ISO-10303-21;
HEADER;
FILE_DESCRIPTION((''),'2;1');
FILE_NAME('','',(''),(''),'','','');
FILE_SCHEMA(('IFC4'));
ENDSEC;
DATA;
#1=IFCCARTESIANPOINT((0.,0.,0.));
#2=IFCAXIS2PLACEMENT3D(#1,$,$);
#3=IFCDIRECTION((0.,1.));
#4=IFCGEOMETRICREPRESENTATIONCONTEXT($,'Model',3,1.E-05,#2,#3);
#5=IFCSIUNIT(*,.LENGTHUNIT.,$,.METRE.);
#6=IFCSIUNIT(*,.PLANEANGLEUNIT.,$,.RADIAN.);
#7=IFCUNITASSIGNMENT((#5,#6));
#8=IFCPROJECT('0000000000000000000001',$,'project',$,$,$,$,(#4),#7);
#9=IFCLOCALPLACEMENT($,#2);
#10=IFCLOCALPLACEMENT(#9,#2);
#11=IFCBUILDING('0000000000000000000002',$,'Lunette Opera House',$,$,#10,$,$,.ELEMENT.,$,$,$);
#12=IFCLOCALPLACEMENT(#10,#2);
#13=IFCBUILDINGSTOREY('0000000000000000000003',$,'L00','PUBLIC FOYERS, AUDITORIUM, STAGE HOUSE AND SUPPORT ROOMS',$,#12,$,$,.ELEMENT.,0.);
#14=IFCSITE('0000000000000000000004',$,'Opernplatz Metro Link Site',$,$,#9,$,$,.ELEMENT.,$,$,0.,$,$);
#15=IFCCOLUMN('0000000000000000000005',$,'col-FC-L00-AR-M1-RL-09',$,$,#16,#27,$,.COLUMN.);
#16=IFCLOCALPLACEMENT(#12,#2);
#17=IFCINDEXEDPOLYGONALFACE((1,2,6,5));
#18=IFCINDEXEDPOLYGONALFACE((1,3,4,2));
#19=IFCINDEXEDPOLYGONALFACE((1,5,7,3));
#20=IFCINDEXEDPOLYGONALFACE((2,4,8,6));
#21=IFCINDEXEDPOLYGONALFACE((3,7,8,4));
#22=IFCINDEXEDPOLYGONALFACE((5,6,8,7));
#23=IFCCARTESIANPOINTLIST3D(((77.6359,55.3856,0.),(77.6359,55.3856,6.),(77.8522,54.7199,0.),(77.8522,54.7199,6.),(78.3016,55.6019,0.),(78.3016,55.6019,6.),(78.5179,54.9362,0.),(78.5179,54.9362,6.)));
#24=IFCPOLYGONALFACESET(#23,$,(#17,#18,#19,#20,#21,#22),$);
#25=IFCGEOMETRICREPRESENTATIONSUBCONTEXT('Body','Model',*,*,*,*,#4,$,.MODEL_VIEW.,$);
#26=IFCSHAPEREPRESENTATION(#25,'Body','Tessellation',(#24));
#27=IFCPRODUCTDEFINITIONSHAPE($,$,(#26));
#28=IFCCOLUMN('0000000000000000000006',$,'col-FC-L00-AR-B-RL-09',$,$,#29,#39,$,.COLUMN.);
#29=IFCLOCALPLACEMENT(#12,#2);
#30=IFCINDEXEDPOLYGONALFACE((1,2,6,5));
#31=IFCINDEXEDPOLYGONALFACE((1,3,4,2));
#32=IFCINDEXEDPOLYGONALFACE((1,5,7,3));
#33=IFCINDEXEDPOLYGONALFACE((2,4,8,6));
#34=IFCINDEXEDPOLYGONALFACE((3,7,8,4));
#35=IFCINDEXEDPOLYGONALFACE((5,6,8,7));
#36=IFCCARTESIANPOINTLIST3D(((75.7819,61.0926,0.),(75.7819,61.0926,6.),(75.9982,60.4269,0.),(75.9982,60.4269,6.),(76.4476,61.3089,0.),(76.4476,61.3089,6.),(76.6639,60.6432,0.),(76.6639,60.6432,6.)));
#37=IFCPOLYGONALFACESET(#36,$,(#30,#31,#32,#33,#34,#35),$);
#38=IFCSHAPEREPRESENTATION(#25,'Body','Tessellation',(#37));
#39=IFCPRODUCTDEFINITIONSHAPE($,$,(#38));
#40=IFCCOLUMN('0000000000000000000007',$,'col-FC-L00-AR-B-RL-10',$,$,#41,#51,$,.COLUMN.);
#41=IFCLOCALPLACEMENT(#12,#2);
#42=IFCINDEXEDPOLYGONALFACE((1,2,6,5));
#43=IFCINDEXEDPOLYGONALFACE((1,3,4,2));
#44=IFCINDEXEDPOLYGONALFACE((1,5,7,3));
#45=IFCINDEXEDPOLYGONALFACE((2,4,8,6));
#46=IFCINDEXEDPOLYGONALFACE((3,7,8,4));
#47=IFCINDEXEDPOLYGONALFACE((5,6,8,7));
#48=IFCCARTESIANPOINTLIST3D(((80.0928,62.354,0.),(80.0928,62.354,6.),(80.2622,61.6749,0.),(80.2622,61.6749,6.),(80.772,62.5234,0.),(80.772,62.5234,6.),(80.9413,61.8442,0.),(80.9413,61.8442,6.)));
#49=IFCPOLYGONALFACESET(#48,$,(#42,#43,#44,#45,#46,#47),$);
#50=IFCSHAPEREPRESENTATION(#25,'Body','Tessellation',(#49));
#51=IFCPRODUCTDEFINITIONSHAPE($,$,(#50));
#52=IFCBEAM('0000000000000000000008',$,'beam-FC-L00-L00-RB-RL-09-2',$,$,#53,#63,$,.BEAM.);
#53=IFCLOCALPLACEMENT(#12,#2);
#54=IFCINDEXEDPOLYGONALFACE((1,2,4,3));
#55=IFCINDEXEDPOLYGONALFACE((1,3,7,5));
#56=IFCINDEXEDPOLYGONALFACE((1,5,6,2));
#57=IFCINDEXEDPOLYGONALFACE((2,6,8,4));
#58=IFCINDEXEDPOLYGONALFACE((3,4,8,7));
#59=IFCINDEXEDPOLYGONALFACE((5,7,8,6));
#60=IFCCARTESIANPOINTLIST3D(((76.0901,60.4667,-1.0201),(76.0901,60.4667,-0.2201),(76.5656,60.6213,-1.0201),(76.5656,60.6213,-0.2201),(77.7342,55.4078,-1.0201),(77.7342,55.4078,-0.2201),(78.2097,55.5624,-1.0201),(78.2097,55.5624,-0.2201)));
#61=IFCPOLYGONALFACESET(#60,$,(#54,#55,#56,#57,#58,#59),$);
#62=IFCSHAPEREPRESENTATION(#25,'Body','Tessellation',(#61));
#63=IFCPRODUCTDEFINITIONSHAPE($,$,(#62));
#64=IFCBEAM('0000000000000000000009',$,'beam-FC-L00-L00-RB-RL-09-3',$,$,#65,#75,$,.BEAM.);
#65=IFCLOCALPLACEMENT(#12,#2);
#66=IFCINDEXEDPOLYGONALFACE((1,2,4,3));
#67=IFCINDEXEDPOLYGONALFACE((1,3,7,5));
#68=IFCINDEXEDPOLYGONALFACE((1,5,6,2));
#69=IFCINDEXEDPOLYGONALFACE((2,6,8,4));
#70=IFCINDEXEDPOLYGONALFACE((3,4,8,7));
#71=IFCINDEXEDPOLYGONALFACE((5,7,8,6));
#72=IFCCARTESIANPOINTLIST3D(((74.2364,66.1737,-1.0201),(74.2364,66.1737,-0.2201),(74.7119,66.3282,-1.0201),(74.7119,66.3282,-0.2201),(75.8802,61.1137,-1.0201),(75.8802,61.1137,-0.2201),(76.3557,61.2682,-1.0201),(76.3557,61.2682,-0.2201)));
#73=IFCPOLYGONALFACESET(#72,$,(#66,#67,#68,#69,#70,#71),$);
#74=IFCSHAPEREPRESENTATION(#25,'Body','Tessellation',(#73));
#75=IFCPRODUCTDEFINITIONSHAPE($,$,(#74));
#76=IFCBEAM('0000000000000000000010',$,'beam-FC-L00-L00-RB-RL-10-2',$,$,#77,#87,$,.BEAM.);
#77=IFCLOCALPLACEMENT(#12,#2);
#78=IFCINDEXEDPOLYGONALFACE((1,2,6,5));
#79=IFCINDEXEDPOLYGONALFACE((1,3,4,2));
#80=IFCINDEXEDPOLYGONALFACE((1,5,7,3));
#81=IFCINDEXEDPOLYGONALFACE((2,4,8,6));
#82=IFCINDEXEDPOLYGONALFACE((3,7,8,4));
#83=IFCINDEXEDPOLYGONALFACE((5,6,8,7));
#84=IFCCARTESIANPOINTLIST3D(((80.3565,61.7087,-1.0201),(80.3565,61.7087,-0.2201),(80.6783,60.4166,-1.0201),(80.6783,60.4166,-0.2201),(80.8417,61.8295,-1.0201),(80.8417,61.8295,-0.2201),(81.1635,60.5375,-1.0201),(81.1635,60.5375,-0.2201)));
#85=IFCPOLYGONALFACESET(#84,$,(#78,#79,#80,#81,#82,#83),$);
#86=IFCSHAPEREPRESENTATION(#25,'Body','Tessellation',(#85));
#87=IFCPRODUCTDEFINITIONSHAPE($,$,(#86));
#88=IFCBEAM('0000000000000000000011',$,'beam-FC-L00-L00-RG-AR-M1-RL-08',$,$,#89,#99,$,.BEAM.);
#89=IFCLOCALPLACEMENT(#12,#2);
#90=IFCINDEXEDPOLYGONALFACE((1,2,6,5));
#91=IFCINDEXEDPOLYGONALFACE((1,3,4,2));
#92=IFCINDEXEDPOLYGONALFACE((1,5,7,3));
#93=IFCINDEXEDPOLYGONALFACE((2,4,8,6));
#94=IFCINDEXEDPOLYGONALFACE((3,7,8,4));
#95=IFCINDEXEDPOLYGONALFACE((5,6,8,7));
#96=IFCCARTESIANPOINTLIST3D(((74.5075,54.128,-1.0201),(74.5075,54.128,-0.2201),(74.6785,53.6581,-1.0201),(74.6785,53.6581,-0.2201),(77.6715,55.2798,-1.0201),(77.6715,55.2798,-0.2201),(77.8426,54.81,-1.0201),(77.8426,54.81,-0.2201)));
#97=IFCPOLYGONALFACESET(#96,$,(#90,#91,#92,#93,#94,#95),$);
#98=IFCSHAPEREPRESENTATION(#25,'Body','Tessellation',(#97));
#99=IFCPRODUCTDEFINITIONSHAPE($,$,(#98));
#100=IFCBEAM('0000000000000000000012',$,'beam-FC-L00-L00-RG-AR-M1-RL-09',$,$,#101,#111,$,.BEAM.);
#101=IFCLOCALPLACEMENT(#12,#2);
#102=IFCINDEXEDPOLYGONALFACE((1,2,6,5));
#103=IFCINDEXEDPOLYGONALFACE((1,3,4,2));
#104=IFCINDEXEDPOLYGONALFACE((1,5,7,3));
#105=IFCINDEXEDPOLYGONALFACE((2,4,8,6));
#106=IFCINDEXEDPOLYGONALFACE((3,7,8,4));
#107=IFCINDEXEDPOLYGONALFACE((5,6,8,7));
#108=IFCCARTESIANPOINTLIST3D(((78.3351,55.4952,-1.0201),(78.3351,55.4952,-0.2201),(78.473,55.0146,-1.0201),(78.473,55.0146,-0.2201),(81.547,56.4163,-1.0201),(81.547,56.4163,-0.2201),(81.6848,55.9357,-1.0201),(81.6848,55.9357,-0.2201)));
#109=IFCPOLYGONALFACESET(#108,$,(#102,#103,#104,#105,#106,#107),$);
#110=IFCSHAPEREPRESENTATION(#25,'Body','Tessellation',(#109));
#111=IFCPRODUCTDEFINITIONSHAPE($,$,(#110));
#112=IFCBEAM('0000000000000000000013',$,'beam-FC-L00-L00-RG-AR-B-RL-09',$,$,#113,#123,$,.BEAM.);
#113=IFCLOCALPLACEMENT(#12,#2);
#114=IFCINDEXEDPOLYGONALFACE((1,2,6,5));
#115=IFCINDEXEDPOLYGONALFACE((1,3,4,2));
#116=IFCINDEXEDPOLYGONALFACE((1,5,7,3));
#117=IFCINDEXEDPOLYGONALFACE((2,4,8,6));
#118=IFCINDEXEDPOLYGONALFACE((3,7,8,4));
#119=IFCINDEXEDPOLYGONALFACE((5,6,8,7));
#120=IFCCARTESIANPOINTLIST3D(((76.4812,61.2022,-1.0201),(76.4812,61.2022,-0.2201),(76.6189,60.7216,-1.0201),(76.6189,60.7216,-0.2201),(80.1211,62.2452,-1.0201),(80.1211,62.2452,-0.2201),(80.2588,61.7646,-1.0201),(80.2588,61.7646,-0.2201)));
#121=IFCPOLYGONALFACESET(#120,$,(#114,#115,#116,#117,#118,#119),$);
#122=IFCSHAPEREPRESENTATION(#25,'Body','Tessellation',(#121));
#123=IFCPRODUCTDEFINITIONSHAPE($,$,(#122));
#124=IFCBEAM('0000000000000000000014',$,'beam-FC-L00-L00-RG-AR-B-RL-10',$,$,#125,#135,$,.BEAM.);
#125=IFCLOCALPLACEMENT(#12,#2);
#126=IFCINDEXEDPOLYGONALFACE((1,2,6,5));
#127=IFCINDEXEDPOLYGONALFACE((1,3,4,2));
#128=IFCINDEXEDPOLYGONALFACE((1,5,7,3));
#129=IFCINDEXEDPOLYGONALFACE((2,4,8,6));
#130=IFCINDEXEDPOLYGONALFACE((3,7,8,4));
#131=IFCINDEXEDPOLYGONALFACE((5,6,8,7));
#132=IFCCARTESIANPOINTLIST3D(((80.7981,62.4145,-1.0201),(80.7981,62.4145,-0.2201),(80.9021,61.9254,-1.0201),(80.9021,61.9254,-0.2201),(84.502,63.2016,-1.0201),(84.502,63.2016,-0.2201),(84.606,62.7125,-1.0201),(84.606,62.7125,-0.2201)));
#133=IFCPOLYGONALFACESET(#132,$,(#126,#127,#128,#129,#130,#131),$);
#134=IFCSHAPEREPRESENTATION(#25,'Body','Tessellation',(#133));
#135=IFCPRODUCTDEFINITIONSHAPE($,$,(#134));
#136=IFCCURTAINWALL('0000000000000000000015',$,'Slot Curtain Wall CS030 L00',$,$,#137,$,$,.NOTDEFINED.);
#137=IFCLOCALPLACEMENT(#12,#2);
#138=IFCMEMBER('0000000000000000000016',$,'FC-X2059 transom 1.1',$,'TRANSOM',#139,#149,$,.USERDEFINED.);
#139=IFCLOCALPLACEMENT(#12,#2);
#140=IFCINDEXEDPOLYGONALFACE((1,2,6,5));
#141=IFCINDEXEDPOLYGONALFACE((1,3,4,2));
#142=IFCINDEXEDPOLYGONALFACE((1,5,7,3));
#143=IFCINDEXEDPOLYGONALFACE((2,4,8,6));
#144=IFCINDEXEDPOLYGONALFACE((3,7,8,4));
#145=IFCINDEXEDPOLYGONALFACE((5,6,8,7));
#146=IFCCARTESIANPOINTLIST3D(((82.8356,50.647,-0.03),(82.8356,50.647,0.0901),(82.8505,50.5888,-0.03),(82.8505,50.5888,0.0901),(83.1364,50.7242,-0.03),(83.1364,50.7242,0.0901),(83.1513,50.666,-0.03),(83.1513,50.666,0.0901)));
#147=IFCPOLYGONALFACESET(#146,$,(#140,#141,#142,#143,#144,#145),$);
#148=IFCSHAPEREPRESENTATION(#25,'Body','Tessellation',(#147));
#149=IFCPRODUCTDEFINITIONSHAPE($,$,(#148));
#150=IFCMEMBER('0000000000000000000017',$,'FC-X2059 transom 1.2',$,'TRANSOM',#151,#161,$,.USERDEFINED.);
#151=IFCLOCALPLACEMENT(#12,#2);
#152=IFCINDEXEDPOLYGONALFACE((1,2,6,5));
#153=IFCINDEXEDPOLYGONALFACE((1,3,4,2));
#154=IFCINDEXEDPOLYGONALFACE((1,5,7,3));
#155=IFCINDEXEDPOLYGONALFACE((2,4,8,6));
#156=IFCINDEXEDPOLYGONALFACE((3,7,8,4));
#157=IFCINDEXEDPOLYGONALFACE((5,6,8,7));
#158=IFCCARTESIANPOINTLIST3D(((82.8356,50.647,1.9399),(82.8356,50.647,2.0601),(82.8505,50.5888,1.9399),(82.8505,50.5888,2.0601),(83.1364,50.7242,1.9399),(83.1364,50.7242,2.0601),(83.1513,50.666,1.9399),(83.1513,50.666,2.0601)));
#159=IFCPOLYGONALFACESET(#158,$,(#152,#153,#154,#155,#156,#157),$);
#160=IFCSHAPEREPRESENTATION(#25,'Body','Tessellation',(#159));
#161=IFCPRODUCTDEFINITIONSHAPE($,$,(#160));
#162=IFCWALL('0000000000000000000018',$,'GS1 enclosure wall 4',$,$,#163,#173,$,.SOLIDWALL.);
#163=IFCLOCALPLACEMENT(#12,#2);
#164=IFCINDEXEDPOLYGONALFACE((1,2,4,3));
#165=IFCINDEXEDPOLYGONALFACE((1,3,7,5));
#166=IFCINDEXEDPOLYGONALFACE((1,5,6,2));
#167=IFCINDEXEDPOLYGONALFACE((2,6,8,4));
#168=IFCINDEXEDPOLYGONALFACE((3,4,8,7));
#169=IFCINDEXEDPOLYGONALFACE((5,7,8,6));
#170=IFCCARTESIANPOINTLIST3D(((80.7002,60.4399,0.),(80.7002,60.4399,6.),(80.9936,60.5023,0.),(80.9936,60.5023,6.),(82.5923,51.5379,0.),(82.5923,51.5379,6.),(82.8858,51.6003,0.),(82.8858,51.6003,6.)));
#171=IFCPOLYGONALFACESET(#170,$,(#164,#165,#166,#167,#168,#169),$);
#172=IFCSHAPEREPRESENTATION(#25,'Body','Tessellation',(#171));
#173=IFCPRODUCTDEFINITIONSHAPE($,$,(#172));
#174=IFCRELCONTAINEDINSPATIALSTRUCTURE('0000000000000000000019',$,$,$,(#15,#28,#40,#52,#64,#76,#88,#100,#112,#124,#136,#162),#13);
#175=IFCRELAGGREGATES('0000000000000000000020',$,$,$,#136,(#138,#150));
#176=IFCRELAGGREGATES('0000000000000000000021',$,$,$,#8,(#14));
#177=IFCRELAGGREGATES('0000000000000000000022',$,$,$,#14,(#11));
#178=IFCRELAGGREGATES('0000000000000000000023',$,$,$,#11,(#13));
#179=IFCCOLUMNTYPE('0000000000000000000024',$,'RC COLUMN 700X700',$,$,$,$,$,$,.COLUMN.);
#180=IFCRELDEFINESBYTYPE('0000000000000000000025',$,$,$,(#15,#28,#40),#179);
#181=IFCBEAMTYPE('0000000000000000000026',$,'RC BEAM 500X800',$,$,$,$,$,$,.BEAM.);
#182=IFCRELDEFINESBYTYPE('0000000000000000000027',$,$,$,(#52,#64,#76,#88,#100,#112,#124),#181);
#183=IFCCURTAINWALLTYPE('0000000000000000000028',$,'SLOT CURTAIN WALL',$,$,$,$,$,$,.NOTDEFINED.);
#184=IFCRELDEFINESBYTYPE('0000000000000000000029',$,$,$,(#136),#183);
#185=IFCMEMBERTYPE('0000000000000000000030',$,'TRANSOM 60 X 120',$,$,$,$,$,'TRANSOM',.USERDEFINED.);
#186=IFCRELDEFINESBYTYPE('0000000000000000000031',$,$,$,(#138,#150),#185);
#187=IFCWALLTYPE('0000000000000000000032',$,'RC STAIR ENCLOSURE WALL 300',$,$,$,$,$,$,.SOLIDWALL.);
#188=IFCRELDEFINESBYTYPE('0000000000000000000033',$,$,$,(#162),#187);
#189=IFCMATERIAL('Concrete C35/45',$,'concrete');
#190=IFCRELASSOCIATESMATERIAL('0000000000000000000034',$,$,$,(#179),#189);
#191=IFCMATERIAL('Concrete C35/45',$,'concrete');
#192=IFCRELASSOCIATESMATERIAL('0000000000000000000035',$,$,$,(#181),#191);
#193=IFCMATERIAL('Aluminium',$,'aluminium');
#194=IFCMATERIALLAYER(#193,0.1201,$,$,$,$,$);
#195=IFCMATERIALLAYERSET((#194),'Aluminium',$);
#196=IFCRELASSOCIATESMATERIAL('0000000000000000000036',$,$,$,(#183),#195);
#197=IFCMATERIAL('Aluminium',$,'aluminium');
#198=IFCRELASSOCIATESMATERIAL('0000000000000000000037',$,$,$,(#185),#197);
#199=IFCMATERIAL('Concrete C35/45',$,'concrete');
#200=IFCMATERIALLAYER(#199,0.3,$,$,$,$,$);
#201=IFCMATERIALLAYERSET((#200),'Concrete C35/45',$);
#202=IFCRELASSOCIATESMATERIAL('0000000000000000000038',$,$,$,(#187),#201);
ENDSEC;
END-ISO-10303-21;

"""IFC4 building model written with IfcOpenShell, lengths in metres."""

from ifc_helpers import new_model, si_unit, direction, frame, frame_2d, origin, origin_2d, place, context, subcontext, project, spatial, rectangle, extrude, material, layer, layer_set, material_profile, profile_set, type_object, element, aggregate, save


model = new_model("IFC4")

# Units and contexts
model_context = context("Model", 3, precision=1e-05, world=origin(), true_north=direction((0.0, 1.0)))
body_context = subcontext(model_context, "Body", "Model", "MODEL_VIEW")
ifc_project = project(units=[si_unit("LENGTHUNIT", "METRE"), si_unit("PLANEANGLEUNIT", "RADIAN")], contexts=[model_context])

# Site, building, storey
site_placement = place(None, origin())
site = spatial("IfcSite", under=ifc_project, at=site_placement, Name="Opernplatz Metro Link Site", CompositionType="ELEMENT", RefElevation=0.0)
building_placement = place(site_placement, origin())
building = spatial("IfcBuilding", under=site, at=building_placement, Name="Lunette Opera House", CompositionType="ELEMENT")
storey_placement = place(building_placement, origin())
storey = spatial("IfcBuildingStorey", under=building, at=storey_placement, Name="L00", Description="PUBLIC FOYERS, AUDITORIUM, STAGE HOUSE AND SUPPORT ROOMS", CompositionType="ELEMENT", Elevation=0.0)

# Columns
ifc_material_1 = material(Name="Concrete C35/45", Category="concrete")
ifc_material_profile_1 = material_profile(ifc_material_1, rectangle(XDim=0.7, YDim=0.7, at=origin_2d()), Name="RC COLUMN 700X700")
ifc_profile_set_1 = profile_set([ifc_material_profile_1], Name="Concrete C35/45")
column_type = type_object("IfcColumnType", Name="RC COLUMN 700X700", PredefinedType="COLUMN", material=ifc_profile_set_1)
for number, where, z_axis, x_axis, name in (
    (1, (78.0769, 55.1609, 0.0), (0.0, 0.0, 1.0), (0.951057, 0.309017, 0.0), "col-FC-L00-AR-M1-RL-09"),
    (2, (76.2229, 60.8679, 0.0), (0.0, 0.0, 1.0), (0.951057, 0.309017, 0.0), "col-FC-L00-AR-B-RL-09"),
    (3, (80.5171, 62.0991, 0.0), (0.0, 0.0, 1.0), (0.970296, 0.241922, 0.0), "col-FC-L00-AR-B-RL-10"),
):
    element("IfcColumn", number, at=place(storey_placement, frame(where, z_axis=z_axis, x_axis=x_axis)), inside=storey, type_object=column_type, Name=name, PredefinedType="COLUMN", context=body_context, shape_type="SweptSolid", body=[
        extrude(rectangle(XDim=0.7, YDim=0.7, at=origin_2d()), origin(), (0.0, 0.0, 1.0), 6.0),
    ])

# Beams
ifc_material_2 = material(Name="Concrete C35/45", Category="concrete")
ifc_material_profile_2 = material_profile(ifc_material_2, rectangle(XDim=0.5, YDim=0.8, at=origin_2d()), Name="RC BEAM 500X800")
ifc_profile_set_2 = profile_set([ifc_material_profile_2], Name="Concrete C35/45")
beam_type = type_object("IfcBeamType", Name="RC BEAM 500X800", PredefinedType="BEAM", material=ifc_profile_set_2)
beam_1_placement = place(storey_placement, frame((77.9719, 55.4851, -0.6201), z_axis=(-0.309073, 0.951038, 0.0), x_axis=(-0.951038, -0.309073, 0.0)))
element("IfcBeam", 4, at=beam_1_placement, inside=storey, type_object=beam_type, Name="beam-FC-L00-L00-RB-RL-09-2", PredefinedType="BEAM", context=body_context, shape_type="SweptSolid", body=[
    extrude(rectangle(XDim=0.5, YDim=0.8, at=origin_2d()), origin(), (0.0, 0.0, 1.0), 5.3193),
])
beam_2_placement = place(storey_placement, frame((76.1179, 61.1909, -0.6201), z_axis=(-0.308964, 0.951074, 0.0), x_axis=(-0.951074, -0.308964, 0.0)))
element("IfcBeam", 5, at=beam_2_placement, inside=storey, type_object=beam_type, Name="beam-FC-L00-L00-RB-RL-09-3", PredefinedType="BEAM", context=body_context, shape_type="SweptSolid", body=[
    extrude(rectangle(XDim=0.5, YDim=0.8, at=origin_2d()), origin(), (0.0, 0.0, 1.0), 5.3203),
])
beam_3_placement = place(storey_placement, frame((80.9209, 60.4771, -0.6201), z_axis=(-0.241673, 0.970358, 0.0), x_axis=(-0.970358, -0.241673, 0.0)))
element("IfcBeam", 6, at=beam_3_placement, inside=storey, type_object=beam_type, Name="beam-FC-L00-L00-RB-RL-10-2", PredefinedType="BEAM", context=body_context, shape_type="SweptSolid", body=[
    extrude(rectangle(XDim=0.5, YDim=0.8, at=origin_2d()), origin(), (0.0, 0.0, 1.0), 1.3315),
])
beam_4_placement = place(storey_placement, frame((74.593, 53.8931, -0.6201), z_axis=(0.939671, 0.342081, 0.0), x_axis=(-0.342081, 0.939671, 0.0)))
element("IfcBeam", 7, at=beam_4_placement, inside=storey, type_object=beam_type, Name="beam-FC-L00-L00-RG-AR-M1-RL-08", PredefinedType="BEAM", context=body_context, shape_type="SweptSolid", body=[
    extrude(rectangle(XDim=0.5, YDim=0.8, at=origin_2d()), origin(), (0.0, 0.0, 1.0), 3.3672),
])
beam_5_placement = place(storey_placement, frame((78.4041, 55.2549, -0.6201), z_axis=(0.961251, 0.275676, 0.0), x_axis=(-0.275676, 0.961251, 0.0)))
element("IfcBeam", 8, at=beam_5_placement, inside=storey, type_object=beam_type, Name="beam-FC-L00-L00-RG-AR-M1-RL-09", PredefinedType="BEAM", context=body_context, shape_type="SweptSolid", body=[
    extrude(rectangle(XDim=0.5, YDim=0.8, at=origin_2d()), origin(), (0.0, 0.0, 1.0), 3.3413),
])
beam_6_placement = place(storey_placement, frame((76.55, 60.9619, -0.6201), z_axis=(0.961314, 0.275453, 0.0), x_axis=(-0.275453, 0.961314, 0.0)))
element("IfcBeam", 9, at=beam_6_placement, inside=storey, type_object=beam_type, Name="beam-FC-L00-L00-RG-AR-B-RL-09", PredefinedType="BEAM", context=body_context, shape_type="SweptSolid", body=[
    extrude(rectangle(XDim=0.5, YDim=0.8, at=origin_2d()), origin(), (0.0, 0.0, 1.0), 3.7864),
])
beam_7_placement = place(storey_placement, frame((80.8501, 62.1699, -0.6201), z_axis=(0.978157, 0.207869, 0.0), x_axis=(-0.207869, 0.978157, 0.0)))
element("IfcBeam", 10, at=beam_7_placement, inside=storey, type_object=beam_type, Name="beam-FC-L00-L00-RG-AR-B-RL-10", PredefinedType="BEAM", context=body_context, shape_type="SweptSolid", body=[
    extrude(rectangle(XDim=0.5, YDim=0.8, at=origin_2d()), origin(), (0.0, 0.0, 1.0), 3.7866),
])

# Curtain wall, members
ifc_material_3 = material(Name="Aluminium", Category="aluminium")
ifc_layer_1 = layer(ifc_material_3, 0.1201)
ifc_layer_set_1 = layer_set([ifc_layer_1], Name="Aluminium")
curtain_wall_type = type_object("IfcCurtainWallType", Name="SLOT CURTAIN WALL", PredefinedType="NOTDEFINED", material=ifc_layer_set_1)
curtain_wall_placement = place(storey_placement, origin())
curtain_wall = element("IfcCurtainWall", 11, at=curtain_wall_placement, inside=storey, type_object=curtain_wall_type, Name="Slot Curtain Wall CS030 L00", PredefinedType="NOTDEFINED")
ifc_material_4 = material(Name="Aluminium", Category="aluminium")
ifc_material_profile_3 = material_profile(ifc_material_4, rectangle(XDim=0.0601, YDim=0.1201, at=origin_2d()), Name="TRANSOM 60 X 120")
ifc_profile_set_3 = profile_set([ifc_material_profile_3], Name="Aluminium")
member_type = type_object("IfcMemberType", Name="TRANSOM 60 X 120", ElementType="TRANSOM", PredefinedType="USERDEFINED", material=ifc_profile_set_3)
member_1_placement = place(storey_placement, frame((82.843, 50.6179, 0.03), z_axis=(0.968644, 0.248451, 0.0), x_axis=(-0.248451, 0.968644, 0.0)))
member_1 = element("IfcMember", 12, at=member_1_placement, type_object=member_type, Name="FC-X2059 transom 1.1", ObjectType="TRANSOM", PredefinedType="USERDEFINED", context=body_context, shape_type="SweptSolid", body=[
    extrude(rectangle(XDim=0.0601, YDim=0.1201, at=origin_2d()), origin(), (0.0, 0.0, 1.0), 0.3105),
])
member_2_placement = place(storey_placement, frame((82.843, 50.6179, 2.0), z_axis=(0.968644, 0.248451, 0.0), x_axis=(-0.248451, 0.968644, 0.0)))
member_2 = element("IfcMember", 13, at=member_2_placement, type_object=member_type, Name="FC-X2059 transom 1.2", ObjectType="TRANSOM", PredefinedType="USERDEFINED", context=body_context, shape_type="SweptSolid", body=[
    extrude(rectangle(XDim=0.0601, YDim=0.1201, at=origin_2d()), origin(), (0.0, 0.0, 1.0), 0.3105),
])
aggregate(curtain_wall, [member_1, member_2])

# Wall
ifc_material_5 = material(Name="Concrete C35/45", Category="concrete")
ifc_layer_2 = layer(ifc_material_5, 0.3)
ifc_layer_set_2 = layer_set([ifc_layer_2], Name="Concrete C35/45")
wall_type_1 = type_object("IfcWallType", Name="RC STAIR ENCLOSURE WALL 300", PredefinedType="SOLIDWALL", material=ifc_layer_set_2)
wall_1_placement = place(storey_placement, frame((80.8469, 60.4709, 0.0), z_axis=(0.0, 0.0, 1.0), x_axis=(0.207906, -0.978149, 0.0)))
element("IfcWall", 14, at=wall_1_placement, inside=storey, type_object=wall_type_1, Name="GS1 enclosure wall 4", PredefinedType="SOLIDWALL", context=body_context, shape_type="SweptSolid", body=[
    extrude(rectangle(XDim=9.1008, YDim=0.3, at=frame_2d((4.5503, 0.0))), origin(), (0.0, 0.0, 1.0), 6.0),
])

save(model, "model.ifc")
